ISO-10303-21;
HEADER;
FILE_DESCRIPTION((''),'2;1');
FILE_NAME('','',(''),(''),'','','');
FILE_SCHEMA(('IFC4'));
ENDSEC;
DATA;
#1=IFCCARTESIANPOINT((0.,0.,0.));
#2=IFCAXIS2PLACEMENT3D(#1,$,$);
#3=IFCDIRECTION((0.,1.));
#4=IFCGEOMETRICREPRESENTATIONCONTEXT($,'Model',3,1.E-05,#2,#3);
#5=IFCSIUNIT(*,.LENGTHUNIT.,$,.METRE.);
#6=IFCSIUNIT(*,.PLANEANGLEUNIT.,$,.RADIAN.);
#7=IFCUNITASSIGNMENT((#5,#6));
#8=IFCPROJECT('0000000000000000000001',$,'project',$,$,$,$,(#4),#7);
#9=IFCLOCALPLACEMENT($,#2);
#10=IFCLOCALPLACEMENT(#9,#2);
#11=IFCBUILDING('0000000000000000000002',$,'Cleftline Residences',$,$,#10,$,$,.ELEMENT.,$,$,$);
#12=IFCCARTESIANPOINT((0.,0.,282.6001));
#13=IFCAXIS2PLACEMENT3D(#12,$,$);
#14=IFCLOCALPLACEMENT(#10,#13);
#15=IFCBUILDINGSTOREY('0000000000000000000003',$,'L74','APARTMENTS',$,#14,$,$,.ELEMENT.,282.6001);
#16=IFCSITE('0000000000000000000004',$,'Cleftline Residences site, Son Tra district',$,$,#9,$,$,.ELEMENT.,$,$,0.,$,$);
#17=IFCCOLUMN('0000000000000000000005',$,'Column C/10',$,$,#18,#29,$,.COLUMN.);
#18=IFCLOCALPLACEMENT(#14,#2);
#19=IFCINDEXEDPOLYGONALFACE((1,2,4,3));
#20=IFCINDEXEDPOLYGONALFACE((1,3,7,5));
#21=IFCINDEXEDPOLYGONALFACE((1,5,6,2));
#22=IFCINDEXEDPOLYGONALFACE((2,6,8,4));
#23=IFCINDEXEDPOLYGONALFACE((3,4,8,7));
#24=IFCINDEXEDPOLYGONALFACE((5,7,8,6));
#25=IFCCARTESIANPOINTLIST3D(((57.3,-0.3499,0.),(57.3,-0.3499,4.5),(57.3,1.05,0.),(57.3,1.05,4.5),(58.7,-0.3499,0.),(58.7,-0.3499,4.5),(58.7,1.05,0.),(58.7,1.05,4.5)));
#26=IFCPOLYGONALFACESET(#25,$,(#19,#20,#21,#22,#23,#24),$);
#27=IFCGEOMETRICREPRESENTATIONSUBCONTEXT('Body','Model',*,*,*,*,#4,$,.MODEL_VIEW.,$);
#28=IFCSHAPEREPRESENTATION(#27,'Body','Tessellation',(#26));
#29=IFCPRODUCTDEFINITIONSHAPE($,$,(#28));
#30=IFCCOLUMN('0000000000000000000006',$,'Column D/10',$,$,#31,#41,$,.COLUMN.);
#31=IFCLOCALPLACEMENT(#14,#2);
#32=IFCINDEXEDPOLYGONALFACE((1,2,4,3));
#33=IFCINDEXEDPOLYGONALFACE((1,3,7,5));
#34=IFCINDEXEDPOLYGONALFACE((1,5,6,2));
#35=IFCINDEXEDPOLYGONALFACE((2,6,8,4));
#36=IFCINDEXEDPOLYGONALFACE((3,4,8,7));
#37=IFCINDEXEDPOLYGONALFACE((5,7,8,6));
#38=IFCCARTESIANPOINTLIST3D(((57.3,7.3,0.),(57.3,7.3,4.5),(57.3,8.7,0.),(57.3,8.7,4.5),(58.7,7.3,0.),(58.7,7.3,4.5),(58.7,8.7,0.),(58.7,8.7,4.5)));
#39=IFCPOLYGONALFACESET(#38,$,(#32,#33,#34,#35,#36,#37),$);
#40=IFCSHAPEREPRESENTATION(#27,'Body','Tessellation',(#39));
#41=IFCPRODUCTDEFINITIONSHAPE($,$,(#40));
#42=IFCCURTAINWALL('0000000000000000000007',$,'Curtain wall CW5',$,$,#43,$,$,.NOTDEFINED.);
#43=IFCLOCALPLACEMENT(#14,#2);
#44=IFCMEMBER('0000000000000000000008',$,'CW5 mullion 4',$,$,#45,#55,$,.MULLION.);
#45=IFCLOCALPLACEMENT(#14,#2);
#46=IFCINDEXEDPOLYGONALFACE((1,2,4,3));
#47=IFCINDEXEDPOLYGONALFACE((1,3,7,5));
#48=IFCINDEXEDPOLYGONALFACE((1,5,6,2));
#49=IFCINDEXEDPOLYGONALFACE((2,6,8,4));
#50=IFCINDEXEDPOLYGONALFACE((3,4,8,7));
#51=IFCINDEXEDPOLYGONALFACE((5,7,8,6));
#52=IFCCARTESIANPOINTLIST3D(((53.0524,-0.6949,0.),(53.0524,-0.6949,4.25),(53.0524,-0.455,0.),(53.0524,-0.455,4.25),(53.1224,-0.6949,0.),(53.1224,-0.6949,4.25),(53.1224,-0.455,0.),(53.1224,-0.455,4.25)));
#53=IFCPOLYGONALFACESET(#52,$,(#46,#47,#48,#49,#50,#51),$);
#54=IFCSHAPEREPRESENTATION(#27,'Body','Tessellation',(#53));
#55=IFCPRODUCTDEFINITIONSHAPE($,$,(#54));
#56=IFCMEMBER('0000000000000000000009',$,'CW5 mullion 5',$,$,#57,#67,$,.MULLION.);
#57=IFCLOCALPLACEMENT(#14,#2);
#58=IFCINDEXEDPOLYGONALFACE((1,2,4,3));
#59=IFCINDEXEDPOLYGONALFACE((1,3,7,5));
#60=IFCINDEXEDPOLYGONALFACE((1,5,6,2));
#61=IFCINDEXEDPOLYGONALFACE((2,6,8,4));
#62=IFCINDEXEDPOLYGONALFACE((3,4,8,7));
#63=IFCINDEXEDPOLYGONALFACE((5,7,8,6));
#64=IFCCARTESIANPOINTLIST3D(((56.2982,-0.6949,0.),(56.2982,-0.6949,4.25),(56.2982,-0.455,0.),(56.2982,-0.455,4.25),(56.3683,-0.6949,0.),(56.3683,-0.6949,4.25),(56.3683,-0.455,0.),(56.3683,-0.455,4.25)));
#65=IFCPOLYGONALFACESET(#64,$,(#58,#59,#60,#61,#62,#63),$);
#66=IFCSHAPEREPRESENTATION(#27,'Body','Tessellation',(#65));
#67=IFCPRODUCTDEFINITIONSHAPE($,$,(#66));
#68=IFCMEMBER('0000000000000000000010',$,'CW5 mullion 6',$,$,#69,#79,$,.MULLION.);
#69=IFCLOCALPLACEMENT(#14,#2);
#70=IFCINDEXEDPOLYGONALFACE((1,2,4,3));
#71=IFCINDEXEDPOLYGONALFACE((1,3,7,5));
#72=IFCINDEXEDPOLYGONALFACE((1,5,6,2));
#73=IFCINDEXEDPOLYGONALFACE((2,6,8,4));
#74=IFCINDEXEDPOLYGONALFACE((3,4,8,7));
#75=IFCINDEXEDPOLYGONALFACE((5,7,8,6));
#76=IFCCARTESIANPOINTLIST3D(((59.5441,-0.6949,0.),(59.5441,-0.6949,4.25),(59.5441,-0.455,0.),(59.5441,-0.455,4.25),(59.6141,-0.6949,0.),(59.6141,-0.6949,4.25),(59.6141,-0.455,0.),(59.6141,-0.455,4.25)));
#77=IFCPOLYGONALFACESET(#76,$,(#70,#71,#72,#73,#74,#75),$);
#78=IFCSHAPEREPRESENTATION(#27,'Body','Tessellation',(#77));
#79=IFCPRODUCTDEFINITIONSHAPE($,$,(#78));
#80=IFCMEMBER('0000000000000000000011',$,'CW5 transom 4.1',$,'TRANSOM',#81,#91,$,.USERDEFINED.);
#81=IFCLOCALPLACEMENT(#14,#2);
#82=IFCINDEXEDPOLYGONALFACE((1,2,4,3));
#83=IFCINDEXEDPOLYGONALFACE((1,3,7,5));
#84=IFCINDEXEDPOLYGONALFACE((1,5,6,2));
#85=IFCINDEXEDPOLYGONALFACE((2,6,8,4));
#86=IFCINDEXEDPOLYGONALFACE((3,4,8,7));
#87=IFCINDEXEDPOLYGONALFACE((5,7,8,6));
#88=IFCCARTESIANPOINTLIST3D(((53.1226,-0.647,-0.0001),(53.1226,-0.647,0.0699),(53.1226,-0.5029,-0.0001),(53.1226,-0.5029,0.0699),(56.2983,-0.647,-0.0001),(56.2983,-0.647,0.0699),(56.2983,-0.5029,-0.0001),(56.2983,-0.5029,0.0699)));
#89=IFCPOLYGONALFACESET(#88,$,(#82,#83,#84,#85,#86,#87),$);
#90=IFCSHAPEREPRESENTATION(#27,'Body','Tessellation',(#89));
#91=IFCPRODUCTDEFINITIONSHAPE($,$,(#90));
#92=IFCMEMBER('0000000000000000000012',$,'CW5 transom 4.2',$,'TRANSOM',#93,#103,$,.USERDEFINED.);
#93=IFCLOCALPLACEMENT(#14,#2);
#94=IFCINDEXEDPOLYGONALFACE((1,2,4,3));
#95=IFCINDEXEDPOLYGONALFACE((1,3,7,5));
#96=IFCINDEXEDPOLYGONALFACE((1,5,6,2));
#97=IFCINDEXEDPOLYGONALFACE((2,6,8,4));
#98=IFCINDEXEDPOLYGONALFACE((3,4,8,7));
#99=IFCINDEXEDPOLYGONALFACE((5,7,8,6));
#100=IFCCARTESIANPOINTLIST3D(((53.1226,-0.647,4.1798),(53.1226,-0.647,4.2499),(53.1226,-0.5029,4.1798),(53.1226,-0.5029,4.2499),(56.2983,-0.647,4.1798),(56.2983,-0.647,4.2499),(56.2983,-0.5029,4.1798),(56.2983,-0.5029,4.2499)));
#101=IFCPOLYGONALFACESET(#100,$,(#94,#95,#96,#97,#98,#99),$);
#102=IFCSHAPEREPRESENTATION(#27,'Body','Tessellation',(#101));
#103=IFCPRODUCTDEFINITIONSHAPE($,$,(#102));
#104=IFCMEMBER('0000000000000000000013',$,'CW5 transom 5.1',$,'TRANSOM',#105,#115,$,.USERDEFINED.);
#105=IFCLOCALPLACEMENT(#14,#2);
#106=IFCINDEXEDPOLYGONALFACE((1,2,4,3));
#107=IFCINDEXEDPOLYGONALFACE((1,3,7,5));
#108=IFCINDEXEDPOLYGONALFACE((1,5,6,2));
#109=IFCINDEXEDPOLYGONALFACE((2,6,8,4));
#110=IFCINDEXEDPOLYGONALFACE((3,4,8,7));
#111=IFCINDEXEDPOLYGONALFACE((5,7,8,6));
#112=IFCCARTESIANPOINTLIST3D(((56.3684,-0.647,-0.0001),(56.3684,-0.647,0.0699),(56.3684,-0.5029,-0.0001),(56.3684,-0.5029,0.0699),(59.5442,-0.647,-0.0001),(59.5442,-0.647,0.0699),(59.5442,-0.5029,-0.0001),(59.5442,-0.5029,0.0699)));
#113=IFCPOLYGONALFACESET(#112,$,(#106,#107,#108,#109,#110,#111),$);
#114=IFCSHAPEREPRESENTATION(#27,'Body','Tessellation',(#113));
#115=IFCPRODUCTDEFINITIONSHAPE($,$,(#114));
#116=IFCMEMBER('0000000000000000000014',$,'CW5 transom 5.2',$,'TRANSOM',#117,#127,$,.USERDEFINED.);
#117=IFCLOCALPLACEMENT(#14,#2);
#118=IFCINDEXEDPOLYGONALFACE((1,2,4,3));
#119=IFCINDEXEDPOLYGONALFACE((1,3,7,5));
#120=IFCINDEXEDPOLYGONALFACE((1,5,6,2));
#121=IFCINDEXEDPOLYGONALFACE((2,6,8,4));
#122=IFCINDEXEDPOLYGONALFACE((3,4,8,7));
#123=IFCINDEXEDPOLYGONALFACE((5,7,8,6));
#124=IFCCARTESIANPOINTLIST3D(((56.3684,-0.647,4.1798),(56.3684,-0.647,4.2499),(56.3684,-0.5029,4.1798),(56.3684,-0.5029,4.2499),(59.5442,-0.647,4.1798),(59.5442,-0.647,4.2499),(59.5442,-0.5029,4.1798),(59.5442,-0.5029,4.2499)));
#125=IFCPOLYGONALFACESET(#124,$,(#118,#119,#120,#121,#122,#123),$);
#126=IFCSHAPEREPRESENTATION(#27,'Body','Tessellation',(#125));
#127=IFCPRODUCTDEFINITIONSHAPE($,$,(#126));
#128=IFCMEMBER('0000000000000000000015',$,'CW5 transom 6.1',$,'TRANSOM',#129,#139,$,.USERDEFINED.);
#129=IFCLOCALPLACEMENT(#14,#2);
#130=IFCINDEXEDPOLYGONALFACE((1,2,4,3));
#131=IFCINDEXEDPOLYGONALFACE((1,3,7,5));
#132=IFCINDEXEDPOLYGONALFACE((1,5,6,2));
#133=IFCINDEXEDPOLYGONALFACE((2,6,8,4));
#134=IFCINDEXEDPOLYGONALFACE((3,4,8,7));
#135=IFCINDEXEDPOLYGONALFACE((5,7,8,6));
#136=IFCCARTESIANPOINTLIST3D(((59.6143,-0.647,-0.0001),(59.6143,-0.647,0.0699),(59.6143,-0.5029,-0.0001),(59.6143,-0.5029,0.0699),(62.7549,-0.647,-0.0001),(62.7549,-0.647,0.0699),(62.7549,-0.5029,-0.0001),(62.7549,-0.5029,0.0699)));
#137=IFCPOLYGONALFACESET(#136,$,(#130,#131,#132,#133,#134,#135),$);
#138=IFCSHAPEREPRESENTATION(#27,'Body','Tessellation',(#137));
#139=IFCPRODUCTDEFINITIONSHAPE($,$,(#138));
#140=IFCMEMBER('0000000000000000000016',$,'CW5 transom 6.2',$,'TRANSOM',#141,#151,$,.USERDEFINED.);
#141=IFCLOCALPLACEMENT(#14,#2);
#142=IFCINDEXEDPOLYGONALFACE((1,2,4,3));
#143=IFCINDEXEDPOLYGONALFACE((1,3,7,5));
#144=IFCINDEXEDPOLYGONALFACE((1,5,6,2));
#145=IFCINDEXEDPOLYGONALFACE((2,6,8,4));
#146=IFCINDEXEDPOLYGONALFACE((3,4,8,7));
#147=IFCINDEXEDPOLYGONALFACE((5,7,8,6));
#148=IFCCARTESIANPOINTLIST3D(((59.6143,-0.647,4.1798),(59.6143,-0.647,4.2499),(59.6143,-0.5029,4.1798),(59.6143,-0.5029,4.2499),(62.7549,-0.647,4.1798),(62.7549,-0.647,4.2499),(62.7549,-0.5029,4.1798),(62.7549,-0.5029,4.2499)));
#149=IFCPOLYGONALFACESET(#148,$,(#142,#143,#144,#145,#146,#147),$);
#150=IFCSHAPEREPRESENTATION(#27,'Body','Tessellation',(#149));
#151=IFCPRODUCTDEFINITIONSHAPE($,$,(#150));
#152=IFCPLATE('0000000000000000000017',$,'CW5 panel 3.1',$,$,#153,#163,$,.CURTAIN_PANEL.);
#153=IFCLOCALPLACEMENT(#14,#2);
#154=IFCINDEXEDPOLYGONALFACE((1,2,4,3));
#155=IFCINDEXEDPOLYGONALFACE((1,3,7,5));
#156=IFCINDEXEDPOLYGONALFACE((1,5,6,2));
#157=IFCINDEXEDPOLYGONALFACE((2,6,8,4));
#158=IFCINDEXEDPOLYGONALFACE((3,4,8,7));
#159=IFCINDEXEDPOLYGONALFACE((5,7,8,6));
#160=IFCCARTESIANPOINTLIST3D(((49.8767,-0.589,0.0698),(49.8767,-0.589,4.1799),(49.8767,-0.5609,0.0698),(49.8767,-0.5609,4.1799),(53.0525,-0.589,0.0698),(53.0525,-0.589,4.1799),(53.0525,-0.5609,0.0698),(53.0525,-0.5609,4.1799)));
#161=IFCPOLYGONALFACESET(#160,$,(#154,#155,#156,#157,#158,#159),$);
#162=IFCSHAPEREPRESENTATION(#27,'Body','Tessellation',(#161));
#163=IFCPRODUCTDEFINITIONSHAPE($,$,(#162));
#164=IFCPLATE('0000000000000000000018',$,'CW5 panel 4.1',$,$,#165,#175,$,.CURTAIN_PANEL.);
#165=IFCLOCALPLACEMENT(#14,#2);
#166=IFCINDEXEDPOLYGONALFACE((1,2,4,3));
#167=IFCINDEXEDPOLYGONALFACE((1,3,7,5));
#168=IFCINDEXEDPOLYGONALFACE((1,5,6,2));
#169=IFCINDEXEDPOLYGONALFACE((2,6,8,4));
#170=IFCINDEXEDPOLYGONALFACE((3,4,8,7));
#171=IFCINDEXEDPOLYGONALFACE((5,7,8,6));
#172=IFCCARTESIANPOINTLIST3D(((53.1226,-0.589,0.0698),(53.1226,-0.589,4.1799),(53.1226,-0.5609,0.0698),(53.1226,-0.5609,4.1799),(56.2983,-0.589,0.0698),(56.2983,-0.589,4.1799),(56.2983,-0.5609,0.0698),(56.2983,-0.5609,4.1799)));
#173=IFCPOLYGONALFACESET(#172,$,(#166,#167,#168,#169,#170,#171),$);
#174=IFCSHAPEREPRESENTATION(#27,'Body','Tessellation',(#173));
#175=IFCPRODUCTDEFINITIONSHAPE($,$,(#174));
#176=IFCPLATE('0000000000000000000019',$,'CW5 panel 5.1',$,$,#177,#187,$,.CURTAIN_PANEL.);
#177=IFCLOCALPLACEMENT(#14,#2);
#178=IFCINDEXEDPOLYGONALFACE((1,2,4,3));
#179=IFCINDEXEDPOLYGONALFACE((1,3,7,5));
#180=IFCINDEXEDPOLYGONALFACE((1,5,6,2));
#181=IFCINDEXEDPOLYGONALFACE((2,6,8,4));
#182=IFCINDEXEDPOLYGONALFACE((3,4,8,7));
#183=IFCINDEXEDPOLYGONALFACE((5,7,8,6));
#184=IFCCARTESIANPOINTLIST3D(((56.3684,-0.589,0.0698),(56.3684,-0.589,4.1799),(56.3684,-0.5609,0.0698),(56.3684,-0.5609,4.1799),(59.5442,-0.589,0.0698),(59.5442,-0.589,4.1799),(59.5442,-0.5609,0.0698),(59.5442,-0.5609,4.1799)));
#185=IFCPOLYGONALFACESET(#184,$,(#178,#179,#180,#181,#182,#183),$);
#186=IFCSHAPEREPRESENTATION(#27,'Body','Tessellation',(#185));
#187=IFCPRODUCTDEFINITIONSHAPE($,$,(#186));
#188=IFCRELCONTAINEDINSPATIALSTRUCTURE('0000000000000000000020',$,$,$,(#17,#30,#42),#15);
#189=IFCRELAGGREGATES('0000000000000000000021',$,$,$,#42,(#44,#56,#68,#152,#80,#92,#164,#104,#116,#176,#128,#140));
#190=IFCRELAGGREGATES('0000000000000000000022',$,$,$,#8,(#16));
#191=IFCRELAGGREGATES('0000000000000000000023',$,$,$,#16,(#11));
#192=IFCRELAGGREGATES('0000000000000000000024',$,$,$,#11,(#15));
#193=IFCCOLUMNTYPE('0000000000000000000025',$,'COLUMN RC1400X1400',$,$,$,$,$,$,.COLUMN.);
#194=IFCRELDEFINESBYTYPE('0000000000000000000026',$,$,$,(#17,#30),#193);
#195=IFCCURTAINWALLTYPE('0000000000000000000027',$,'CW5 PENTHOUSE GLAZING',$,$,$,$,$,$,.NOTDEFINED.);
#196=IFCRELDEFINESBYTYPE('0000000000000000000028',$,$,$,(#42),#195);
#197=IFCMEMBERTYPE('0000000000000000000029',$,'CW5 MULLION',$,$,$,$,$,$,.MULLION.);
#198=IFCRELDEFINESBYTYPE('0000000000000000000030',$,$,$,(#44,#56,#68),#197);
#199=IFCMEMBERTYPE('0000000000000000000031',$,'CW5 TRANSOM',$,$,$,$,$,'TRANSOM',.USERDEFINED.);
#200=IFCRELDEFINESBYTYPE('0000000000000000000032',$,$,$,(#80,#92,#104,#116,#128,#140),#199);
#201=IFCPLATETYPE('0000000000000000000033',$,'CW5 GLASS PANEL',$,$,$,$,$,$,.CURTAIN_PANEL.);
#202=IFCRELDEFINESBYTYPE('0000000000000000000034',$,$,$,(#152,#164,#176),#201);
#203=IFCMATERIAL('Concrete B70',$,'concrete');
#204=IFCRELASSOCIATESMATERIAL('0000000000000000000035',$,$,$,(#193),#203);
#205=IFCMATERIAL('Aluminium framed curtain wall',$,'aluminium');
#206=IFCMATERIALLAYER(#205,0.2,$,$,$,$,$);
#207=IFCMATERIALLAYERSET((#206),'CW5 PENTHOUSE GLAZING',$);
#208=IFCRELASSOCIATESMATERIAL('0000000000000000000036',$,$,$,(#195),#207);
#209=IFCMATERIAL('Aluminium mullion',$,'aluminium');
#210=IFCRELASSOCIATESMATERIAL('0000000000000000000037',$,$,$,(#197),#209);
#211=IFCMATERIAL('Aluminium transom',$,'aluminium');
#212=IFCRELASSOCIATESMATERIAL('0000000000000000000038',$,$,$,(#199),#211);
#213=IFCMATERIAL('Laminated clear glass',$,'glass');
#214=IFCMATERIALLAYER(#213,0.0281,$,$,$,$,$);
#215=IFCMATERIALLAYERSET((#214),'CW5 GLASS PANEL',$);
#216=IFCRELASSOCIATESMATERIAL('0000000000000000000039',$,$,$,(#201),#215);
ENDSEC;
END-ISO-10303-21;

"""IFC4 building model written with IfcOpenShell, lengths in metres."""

from ifc_helpers import new_model, si_unit, direction, frame, origin, origin_2d, place, context, subcontext, project, spatial, rectangle, extrude, material, layer, layer_set, material_profile, profile_set, type_object, element, aggregate, save


model = new_model("IFC4")

# Units and contexts
model_context = context("Model", 3, precision=1e-05, world=origin(), true_north=direction((0.0, 1.0)))
body_context = subcontext(model_context, "Body", "Model", "MODEL_VIEW")
ifc_project = project(units=[si_unit("LENGTHUNIT", "METRE"), si_unit("PLANEANGLEUNIT", "RADIAN")], contexts=[model_context])

# Site, building, storey
site_placement = place(None, origin())
site = spatial("IfcSite", under=ifc_project, at=site_placement, Name="Cleftline Residences site, Son Tra district", CompositionType="ELEMENT", RefElevation=0.0)
building_placement = place(site_placement, origin())
building = spatial("IfcBuilding", under=site, at=building_placement, Name="Cleftline Residences", CompositionType="ELEMENT")
storey_placement = place(building_placement, frame((0.0, 0.0, 282.6001)))
storey = spatial("IfcBuildingStorey", under=building, at=storey_placement, Name="L74", Description="APARTMENTS", CompositionType="ELEMENT", Elevation=282.6001)

# Columns
ifc_material_1 = material(Name="Concrete B70", Category="concrete")
ifc_material_profile_1 = material_profile(ifc_material_1, rectangle(XDim=1.3999, YDim=1.3999, at=origin_2d()))
ifc_profile_set_1 = profile_set([ifc_material_profile_1], Name="Concrete B70")
column_type = type_object("IfcColumnType", Name="COLUMN RC1400X1400", PredefinedType="COLUMN", material=ifc_profile_set_1)
for number, where, z_axis, x_axis, name in (
    (1, (58.0, 0.3501, 0.0), (0.0, 0.0, 1.0), (1.0, 0.0, 0.0), "Column C/10"),
    (2, (58.0, 8.0, 0.0), (0.0, 0.0, 1.0), (1.0, 0.0, 0.0), "Column D/10"),
):
    element("IfcColumn", number, at=place(storey_placement, frame(where, z_axis=z_axis, x_axis=x_axis)), inside=storey, type_object=column_type, Name=name, PredefinedType="COLUMN", context=body_context, shape_type="SweptSolid", body=[
        extrude(rectangle(XDim=1.3999, YDim=1.3999, at=origin_2d()), origin(), (0.0, 0.0, 1.0), 4.5),
    ])

# Curtain wall, members, plates
ifc_material_2 = material(Name="Aluminium framed curtain wall", Category="aluminium")
ifc_layer_1 = layer(ifc_material_2, 0.2)
ifc_layer_set_1 = layer_set([ifc_layer_1], Name="CW5 PENTHOUSE GLAZING")
curtain_wall_type = type_object("IfcCurtainWallType", Name="CW5 PENTHOUSE GLAZING", PredefinedType="NOTDEFINED", material=ifc_layer_set_1)
curtain_wall_placement = place(storey_placement, origin())
curtain_wall = element("IfcCurtainWall", 3, at=curtain_wall_placement, inside=storey, type_object=curtain_wall_type, Name="Curtain wall CW5", PredefinedType="NOTDEFINED")
ifc_material_3 = material(Name="Aluminium mullion", Category="aluminium")
ifc_material_profile_2 = material_profile(ifc_material_3, rectangle(XDim=0.24, YDim=0.0701, at=origin_2d()))
ifc_profile_set_2 = profile_set([ifc_material_profile_2], Name="Aluminium mullion")
member_type_1 = type_object("IfcMemberType", Name="CW5 MULLION", PredefinedType="MULLION", material=ifc_profile_set_2)
member_1_placement = place(storey_placement, frame((53.0874, -0.575, 0.0), z_axis=(0.0, 0.0, 1.0), x_axis=(0.0, 1.0, 0.0)))
member_1 = element("IfcMember", 4, at=member_1_placement, type_object=member_type_1, Name="CW5 mullion 4", PredefinedType="MULLION", context=body_context, shape_type="SweptSolid", body=[
    extrude(rectangle(XDim=0.24, YDim=0.0701, at=origin_2d()), origin(), (0.0, 0.0, 1.0), 4.25),
])
member_2_placement = place(storey_placement, frame((56.3333, -0.575, 0.0), z_axis=(0.0, 0.0, 1.0), x_axis=(0.0, 1.0, 0.0)))
member_2 = element("IfcMember", 5, at=member_2_placement, type_object=member_type_1, Name="CW5 mullion 5", PredefinedType="MULLION", context=body_context, shape_type="SweptSolid", body=[
    extrude(rectangle(XDim=0.24, YDim=0.0701, at=origin_2d()), origin(), (0.0, 0.0, 1.0), 4.25),
])
member_3_placement = place(storey_placement, frame((59.5791, -0.575, 0.0), z_axis=(0.0, 0.0, 1.0), x_axis=(0.0, 1.0, 0.0)))
member_3 = element("IfcMember", 6, at=member_3_placement, type_object=member_type_1, Name="CW5 mullion 6", PredefinedType="MULLION", context=body_context, shape_type="SweptSolid", body=[
    extrude(rectangle(XDim=0.24, YDim=0.0701, at=origin_2d()), origin(), (0.0, 0.0, 1.0), 4.25),
])
ifc_material_4 = material(Name="Aluminium transom", Category="aluminium")
ifc_material_profile_3 = material_profile(ifc_material_4, rectangle(XDim=0.144, YDim=0.0701, at=origin_2d()))
ifc_profile_set_3 = profile_set([ifc_material_profile_3], Name="Aluminium transom")
member_type_2 = type_object("IfcMemberType", Name="CW5 TRANSOM", ElementType="TRANSOM", PredefinedType="USERDEFINED", material=ifc_profile_set_3)
member_4_placement = place(storey_placement, frame((53.1226, -0.575, 0.0349), z_axis=(1.0, 0.0, 0.0), x_axis=(0.0, 1.0, 0.0)))
member_4 = element("IfcMember", 7, at=member_4_placement, type_object=member_type_2, Name="CW5 transom 4.1", ObjectType="TRANSOM", PredefinedType="USERDEFINED", context=body_context, shape_type="SweptSolid", body=[
    extrude(rectangle(XDim=0.144, YDim=0.0701, at=origin_2d()), origin(), (0.0, 0.0, 1.0), 3.1758),
])
member_5_placement = place(storey_placement, frame((53.1226, -0.575, 4.2148), z_axis=(1.0, 0.0, 0.0), x_axis=(0.0, 1.0, 0.0)))
member_5 = element("IfcMember", 8, at=member_5_placement, type_object=member_type_2, Name="CW5 transom 4.2", ObjectType="TRANSOM", PredefinedType="USERDEFINED", context=body_context, shape_type="SweptSolid", body=[
    extrude(rectangle(XDim=0.144, YDim=0.0701, at=origin_2d()), origin(), (0.0, 0.0, 1.0), 3.1758),
])
member_6_placement = place(storey_placement, frame((56.3684, -0.575, 0.0349), z_axis=(1.0, 0.0, 0.0), x_axis=(0.0, 1.0, 0.0)))
member_6 = element("IfcMember", 9, at=member_6_placement, type_object=member_type_2, Name="CW5 transom 5.1", ObjectType="TRANSOM", PredefinedType="USERDEFINED", context=body_context, shape_type="SweptSolid", body=[
    extrude(rectangle(XDim=0.144, YDim=0.0701, at=origin_2d()), origin(), (0.0, 0.0, 1.0), 3.1758),
])
member_7_placement = place(storey_placement, frame((56.3684, -0.575, 4.2148), z_axis=(1.0, 0.0, 0.0), x_axis=(0.0, 1.0, 0.0)))
member_7 = element("IfcMember", 10, at=member_7_placement, type_object=member_type_2, Name="CW5 transom 5.2", ObjectType="TRANSOM", PredefinedType="USERDEFINED", context=body_context, shape_type="SweptSolid", body=[
    extrude(rectangle(XDim=0.144, YDim=0.0701, at=origin_2d()), origin(), (0.0, 0.0, 1.0), 3.1758),
])
member_8_placement = place(storey_placement, frame((59.6143, -0.575, 0.0349), z_axis=(1.0, 0.0, 0.0), x_axis=(0.0, 1.0, 0.0)))
member_8 = element("IfcMember", 11, at=member_8_placement, type_object=member_type_2, Name="CW5 transom 6.1", ObjectType="TRANSOM", PredefinedType="USERDEFINED", context=body_context, shape_type="SweptSolid", body=[
    extrude(rectangle(XDim=0.144, YDim=0.0701, at=origin_2d()), origin(), (0.0, 0.0, 1.0), 3.1406),
])
member_9_placement = place(storey_placement, frame((59.6143, -0.575, 4.2148), z_axis=(1.0, 0.0, 0.0), x_axis=(0.0, 1.0, 0.0)))
member_9 = element("IfcMember", 12, at=member_9_placement, type_object=member_type_2, Name="CW5 transom 6.2", ObjectType="TRANSOM", PredefinedType="USERDEFINED", context=body_context, shape_type="SweptSolid", body=[
    extrude(rectangle(XDim=0.144, YDim=0.0701, at=origin_2d()), origin(), (0.0, 0.0, 1.0), 3.1406),
])
ifc_material_5 = material(Name="Laminated clear glass", Category="glass")
ifc_layer_2 = layer(ifc_material_5, 0.0281)
ifc_layer_set_2 = layer_set([ifc_layer_2], Name="CW5 GLASS PANEL")
plate_type = type_object("IfcPlateType", Name="CW5 GLASS PANEL", PredefinedType="CURTAIN_PANEL", material=ifc_layer_set_2)
plate_1_placement = place(storey_placement, frame((51.4646, -0.575, 0.0698), z_axis=(0.0, 0.0, 1.0), x_axis=(1.0, 0.0, 0.0)))
plate_1 = element("IfcPlate", 13, at=plate_1_placement, type_object=plate_type, Name="CW5 panel 3.1", PredefinedType="CURTAIN_PANEL", context=body_context, shape_type="SweptSolid", body=[
    extrude(rectangle(XDim=3.1758, YDim=0.0281, at=origin_2d()), origin(), (0.0, 0.0, 1.0), 4.1101),
])
plate_2_placement = place(storey_placement, frame((54.7104, -0.575, 0.0698), z_axis=(0.0, 0.0, 1.0), x_axis=(1.0, 0.0, 0.0)))
plate_2 = element("IfcPlate", 14, at=plate_2_placement, type_object=plate_type, Name="CW5 panel 4.1", PredefinedType="CURTAIN_PANEL", context=body_context, shape_type="SweptSolid", body=[
    extrude(rectangle(XDim=3.1758, YDim=0.0281, at=origin_2d()), origin(), (0.0, 0.0, 1.0), 4.1101),
])
plate_3_placement = place(storey_placement, frame((57.9563, -0.575, 0.0698), z_axis=(0.0, 0.0, 1.0), x_axis=(1.0, 0.0, 0.0)))
plate_3 = element("IfcPlate", 15, at=plate_3_placement, type_object=plate_type, Name="CW5 panel 5.1", PredefinedType="CURTAIN_PANEL", context=body_context, shape_type="SweptSolid", body=[
    extrude(rectangle(XDim=3.1758, YDim=0.0281, at=origin_2d()), origin(), (0.0, 0.0, 1.0), 4.1101),
])
aggregate(curtain_wall, [member_1, member_2, member_3, plate_1, member_4, member_5, plate_2, member_6, member_7, plate_3, member_8, member_9])

save(model, "model.ifc")
